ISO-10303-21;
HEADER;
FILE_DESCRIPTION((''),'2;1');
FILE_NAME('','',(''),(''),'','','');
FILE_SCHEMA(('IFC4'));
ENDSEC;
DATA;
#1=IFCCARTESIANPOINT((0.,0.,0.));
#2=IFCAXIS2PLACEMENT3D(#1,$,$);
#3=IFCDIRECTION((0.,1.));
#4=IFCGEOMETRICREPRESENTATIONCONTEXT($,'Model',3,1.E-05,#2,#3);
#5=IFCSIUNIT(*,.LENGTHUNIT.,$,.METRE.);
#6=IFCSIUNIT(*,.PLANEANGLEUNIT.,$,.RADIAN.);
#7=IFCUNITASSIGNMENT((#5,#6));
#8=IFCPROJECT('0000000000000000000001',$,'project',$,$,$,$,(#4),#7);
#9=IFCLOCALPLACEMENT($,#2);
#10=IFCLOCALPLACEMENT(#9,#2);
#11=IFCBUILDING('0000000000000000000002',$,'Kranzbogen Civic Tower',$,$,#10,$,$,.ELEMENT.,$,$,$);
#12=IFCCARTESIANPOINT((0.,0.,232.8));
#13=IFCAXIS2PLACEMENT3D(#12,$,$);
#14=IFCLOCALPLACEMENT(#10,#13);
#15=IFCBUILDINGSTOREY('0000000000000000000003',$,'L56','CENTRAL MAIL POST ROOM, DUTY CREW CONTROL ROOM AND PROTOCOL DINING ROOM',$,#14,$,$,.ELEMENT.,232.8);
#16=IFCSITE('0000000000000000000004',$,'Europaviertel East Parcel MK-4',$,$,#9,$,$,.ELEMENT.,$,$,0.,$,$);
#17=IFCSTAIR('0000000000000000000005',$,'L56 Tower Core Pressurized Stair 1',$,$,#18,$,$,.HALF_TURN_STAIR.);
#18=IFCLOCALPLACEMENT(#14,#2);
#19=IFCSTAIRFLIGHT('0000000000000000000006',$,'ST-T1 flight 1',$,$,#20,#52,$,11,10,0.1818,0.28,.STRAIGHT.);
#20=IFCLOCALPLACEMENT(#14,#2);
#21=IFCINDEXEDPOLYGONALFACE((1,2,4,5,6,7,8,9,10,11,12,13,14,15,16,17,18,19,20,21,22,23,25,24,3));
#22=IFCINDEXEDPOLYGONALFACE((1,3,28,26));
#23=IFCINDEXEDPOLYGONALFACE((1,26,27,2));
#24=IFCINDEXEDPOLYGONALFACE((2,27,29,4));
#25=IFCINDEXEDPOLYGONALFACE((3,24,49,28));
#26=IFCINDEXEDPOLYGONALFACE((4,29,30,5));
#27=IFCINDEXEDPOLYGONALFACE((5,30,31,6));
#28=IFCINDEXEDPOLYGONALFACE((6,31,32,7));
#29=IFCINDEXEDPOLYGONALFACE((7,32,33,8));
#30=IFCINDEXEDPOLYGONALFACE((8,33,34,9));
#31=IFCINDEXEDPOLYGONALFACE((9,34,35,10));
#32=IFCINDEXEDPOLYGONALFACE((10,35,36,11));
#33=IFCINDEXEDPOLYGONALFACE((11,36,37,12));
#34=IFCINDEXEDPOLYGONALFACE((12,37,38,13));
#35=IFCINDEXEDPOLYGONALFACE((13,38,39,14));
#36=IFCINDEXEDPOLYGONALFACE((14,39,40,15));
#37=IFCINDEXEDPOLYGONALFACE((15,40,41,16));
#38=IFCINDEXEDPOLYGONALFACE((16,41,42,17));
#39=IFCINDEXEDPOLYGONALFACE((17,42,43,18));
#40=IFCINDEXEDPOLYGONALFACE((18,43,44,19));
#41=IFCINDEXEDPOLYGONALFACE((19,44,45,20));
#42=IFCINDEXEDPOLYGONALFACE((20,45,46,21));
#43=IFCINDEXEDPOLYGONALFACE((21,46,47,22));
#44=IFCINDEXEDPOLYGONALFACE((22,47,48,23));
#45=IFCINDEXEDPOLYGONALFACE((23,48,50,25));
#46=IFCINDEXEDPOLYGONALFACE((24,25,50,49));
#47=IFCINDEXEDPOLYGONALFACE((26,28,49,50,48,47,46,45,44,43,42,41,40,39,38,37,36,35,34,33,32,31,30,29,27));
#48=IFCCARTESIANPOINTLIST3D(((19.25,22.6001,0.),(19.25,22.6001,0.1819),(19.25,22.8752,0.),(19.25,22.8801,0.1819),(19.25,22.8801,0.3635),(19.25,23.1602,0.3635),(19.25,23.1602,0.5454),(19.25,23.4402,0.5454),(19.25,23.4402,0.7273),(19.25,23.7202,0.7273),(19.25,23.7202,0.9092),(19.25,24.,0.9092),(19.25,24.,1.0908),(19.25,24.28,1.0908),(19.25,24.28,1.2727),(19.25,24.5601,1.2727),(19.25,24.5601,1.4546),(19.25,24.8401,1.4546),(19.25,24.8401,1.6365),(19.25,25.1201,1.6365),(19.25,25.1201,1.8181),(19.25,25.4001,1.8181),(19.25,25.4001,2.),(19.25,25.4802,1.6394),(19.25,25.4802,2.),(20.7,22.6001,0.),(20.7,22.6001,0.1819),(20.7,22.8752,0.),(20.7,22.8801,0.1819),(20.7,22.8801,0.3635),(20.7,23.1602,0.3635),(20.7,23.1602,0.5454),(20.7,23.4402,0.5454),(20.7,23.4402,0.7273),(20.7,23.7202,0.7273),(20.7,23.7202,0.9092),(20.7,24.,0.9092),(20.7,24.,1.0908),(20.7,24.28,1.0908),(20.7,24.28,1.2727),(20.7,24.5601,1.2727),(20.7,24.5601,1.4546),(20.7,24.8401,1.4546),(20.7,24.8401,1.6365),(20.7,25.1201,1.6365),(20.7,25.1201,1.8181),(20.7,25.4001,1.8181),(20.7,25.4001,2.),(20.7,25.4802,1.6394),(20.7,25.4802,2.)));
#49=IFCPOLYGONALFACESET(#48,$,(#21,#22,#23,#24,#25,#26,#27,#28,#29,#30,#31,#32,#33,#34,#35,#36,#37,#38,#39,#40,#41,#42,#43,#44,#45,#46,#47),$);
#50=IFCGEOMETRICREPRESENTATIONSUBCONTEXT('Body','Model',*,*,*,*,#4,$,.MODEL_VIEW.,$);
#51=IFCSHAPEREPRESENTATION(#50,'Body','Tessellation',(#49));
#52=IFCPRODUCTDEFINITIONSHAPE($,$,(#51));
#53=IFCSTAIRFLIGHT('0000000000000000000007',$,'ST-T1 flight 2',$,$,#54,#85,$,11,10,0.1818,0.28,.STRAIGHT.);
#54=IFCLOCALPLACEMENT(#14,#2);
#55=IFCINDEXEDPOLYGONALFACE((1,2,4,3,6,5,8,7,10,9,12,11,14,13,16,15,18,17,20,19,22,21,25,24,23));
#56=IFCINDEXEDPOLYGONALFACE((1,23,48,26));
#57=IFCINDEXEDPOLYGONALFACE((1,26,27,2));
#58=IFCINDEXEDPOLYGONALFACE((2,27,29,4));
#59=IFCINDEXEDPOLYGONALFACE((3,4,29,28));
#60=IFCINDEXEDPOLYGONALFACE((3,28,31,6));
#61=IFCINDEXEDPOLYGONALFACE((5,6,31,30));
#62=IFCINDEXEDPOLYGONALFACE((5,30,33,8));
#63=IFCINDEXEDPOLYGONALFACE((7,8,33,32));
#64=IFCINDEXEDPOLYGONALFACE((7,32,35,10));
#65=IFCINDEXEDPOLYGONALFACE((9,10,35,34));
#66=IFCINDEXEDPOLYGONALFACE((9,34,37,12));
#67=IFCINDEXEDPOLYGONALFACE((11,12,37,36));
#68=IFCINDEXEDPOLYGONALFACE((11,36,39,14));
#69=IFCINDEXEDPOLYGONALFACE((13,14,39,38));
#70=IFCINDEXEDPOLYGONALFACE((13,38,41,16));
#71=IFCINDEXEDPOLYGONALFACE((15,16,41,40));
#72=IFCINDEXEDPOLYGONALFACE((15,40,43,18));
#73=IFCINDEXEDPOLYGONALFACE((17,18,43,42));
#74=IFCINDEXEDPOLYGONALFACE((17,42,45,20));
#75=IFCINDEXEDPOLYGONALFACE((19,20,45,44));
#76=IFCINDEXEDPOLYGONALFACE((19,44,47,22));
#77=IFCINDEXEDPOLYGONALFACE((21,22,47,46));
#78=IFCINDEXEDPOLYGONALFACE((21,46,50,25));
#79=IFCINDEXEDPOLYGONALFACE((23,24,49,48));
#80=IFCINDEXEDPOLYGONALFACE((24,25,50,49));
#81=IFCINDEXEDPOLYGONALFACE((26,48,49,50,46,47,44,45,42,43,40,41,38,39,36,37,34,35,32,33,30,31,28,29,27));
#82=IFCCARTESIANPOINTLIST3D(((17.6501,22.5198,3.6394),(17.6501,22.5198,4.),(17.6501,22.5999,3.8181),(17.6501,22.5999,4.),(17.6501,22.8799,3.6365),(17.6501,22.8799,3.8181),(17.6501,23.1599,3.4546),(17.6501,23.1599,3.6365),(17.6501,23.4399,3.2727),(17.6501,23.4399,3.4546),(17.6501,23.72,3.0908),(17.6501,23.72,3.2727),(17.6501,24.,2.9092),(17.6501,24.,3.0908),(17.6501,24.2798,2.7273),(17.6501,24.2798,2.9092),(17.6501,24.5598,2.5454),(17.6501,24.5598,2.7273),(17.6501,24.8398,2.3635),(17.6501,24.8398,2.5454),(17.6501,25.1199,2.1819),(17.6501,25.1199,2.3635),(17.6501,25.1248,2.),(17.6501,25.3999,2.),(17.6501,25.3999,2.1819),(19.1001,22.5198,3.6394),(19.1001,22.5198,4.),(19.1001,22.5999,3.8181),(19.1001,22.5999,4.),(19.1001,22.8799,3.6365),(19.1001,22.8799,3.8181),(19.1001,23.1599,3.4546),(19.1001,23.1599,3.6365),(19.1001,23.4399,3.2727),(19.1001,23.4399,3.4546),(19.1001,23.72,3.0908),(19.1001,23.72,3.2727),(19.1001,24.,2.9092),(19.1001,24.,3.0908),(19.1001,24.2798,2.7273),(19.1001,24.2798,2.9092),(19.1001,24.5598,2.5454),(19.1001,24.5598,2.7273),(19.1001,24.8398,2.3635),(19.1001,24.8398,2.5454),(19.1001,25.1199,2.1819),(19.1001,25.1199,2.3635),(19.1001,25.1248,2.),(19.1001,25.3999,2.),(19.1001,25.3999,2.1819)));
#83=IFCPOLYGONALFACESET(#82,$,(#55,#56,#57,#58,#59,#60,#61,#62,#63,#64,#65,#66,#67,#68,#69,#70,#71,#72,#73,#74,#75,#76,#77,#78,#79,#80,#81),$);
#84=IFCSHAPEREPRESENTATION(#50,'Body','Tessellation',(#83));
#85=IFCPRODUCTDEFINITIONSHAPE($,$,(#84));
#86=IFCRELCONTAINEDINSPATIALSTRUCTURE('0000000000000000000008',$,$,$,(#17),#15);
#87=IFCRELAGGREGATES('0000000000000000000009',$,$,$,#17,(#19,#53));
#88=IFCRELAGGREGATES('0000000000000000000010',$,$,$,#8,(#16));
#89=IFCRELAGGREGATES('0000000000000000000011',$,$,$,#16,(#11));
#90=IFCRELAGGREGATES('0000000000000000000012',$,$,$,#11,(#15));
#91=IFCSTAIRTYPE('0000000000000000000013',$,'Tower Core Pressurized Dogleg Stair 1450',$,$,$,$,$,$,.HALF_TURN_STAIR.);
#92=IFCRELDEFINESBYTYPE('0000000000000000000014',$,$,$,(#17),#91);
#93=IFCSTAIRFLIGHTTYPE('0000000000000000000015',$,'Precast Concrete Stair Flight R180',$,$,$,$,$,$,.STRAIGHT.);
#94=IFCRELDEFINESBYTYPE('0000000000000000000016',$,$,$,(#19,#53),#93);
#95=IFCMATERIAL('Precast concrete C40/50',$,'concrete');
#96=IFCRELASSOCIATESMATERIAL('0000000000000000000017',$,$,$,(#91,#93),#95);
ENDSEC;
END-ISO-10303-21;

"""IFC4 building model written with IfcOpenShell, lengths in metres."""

from ifc_helpers import new_model, si_unit, direction, frame, origin, place, context, subcontext, project, spatial, polyline, outline, extrude, material, type_object, element, aggregate, save


model = new_model("IFC4")

# Units and contexts
model_context = context("Model", 3, precision=1e-05, world=origin(), true_north=direction((0.0, 1.0)))
body_context = subcontext(model_context, "Body", "Model", "MODEL_VIEW")
ifc_project = project(units=[si_unit("LENGTHUNIT", "METRE"), si_unit("PLANEANGLEUNIT", "RADIAN")], contexts=[model_context])

# Site, building, storey
site_placement = place(None, origin())
site = spatial("IfcSite", under=ifc_project, at=site_placement, Name="Europaviertel East Parcel MK-4", CompositionType="ELEMENT", RefElevation=0.0)
building_placement = place(site_placement, origin())
building = spatial("IfcBuilding", under=site, at=building_placement, Name="Kranzbogen Civic Tower", CompositionType="ELEMENT")
storey_placement = place(building_placement, frame((0.0, 0.0, 232.8)))
storey = spatial("IfcBuildingStorey", under=building, at=storey_placement, Name="L56", Description="CENTRAL MAIL POST ROOM, DUTY CREW CONTROL ROOM AND PROTOCOL DINING ROOM", CompositionType="ELEMENT", Elevation=232.8)

# Stair, stair flights
ifc_material_1 = material(Name="Precast concrete C40/50", Category="concrete")
stair_type = type_object("IfcStairType", Name="Tower Core Pressurized Dogleg Stair 1450", PredefinedType="HALF_TURN_STAIR", material=ifc_material_1)
stair_placement = place(storey_placement, origin())
stair = element("IfcStair", 1, at=stair_placement, inside=storey, type_object=stair_type, Name="L56 Tower Core Pressurized Stair 1", PredefinedType="HALF_TURN_STAIR")
stair_flight_type = type_object("IfcStairFlightType", Name="Precast Concrete Stair Flight R180", PredefinedType="STRAIGHT", material=ifc_material_1)
stair_flight_1_placement = place(storey_placement, frame((19.9751, 22.6001, 0.0), z_axis=(0.0, 0.0, 1.0), x_axis=(0.0, 1.0, 0.0)))
stair_flight_1 = element("IfcStairFlight", 2, at=stair_flight_1_placement, type_object=stair_flight_type, Name="ST-T1 flight 1", NumberOfRisers=11, NumberOfTreads=10, PredefinedType="STRAIGHT", RiserHeight=0.1818, TreadLength=0.28, context=body_context, shape_type="SweptSolid", body=[
    extrude(outline(polyline([(0.0, 0.0), (0.0, 0.1819), (0.28, 0.1819), (0.28, 0.3635), (0.5601, 0.3635), (0.5601, 0.5454), (0.8401, 0.5454), (0.8401, 0.7273), (1.1201, 0.7273), (1.1201, 0.9092), (1.3999, 0.9092), (1.3999, 1.0908), (1.6799, 1.0908), (1.6799, 1.2727), (1.96, 1.2727), (1.96, 1.4546), (2.24, 1.4546), (2.24, 1.6365), (2.52, 1.6365), (2.52, 1.8181), (2.8, 1.8181), (2.8, 2.0), (2.8801, 2.0), (2.8801, 1.6394), (0.2751, 0.0), (0.0, 0.0)])), frame((0.0, 0.7251, 0.0), z_axis=(0.0, -1.0, 0.0), x_axis=(1.0, 0.0, 0.0)), (0.0, 0.0, 1.0), 1.45),
])
stair_flight_2_placement = place(storey_placement, frame((18.375, 25.3999, 2.0), z_axis=(0.0, 0.0, 1.0), x_axis=(0.0, -1.0, 0.0)))
stair_flight_2 = element("IfcStairFlight", 3, at=stair_flight_2_placement, type_object=stair_flight_type, Name="ST-T1 flight 2", NumberOfRisers=11, NumberOfTreads=10, PredefinedType="STRAIGHT", RiserHeight=0.1818, TreadLength=0.28, context=body_context, shape_type="SweptSolid", body=[
    extrude(outline(polyline([(0.0, 0.0), (0.0, 0.1819), (0.28, 0.1819), (0.28, 0.3635), (0.5601, 0.3635), (0.5601, 0.5454), (0.8401, 0.5454), (0.8401, 0.7273), (1.1201, 0.7273), (1.1201, 0.9092), (1.3999, 0.9092), (1.3999, 1.0908), (1.6799, 1.0908), (1.6799, 1.2727), (1.96, 1.2727), (1.96, 1.4546), (2.24, 1.4546), (2.24, 1.6365), (2.52, 1.6365), (2.52, 1.8181), (2.8, 1.8181), (2.8, 2.0), (2.8801, 2.0), (2.8801, 1.6394), (0.2751, 0.0), (0.0, 0.0)])), frame((0.0, 0.7251, 0.0), z_axis=(0.0, -1.0, 0.0), x_axis=(1.0, 0.0, 0.0)), (0.0, 0.0, 1.0), 1.45),
])
aggregate(stair, [stair_flight_1, stair_flight_2])

save(model, "model.ifc")
